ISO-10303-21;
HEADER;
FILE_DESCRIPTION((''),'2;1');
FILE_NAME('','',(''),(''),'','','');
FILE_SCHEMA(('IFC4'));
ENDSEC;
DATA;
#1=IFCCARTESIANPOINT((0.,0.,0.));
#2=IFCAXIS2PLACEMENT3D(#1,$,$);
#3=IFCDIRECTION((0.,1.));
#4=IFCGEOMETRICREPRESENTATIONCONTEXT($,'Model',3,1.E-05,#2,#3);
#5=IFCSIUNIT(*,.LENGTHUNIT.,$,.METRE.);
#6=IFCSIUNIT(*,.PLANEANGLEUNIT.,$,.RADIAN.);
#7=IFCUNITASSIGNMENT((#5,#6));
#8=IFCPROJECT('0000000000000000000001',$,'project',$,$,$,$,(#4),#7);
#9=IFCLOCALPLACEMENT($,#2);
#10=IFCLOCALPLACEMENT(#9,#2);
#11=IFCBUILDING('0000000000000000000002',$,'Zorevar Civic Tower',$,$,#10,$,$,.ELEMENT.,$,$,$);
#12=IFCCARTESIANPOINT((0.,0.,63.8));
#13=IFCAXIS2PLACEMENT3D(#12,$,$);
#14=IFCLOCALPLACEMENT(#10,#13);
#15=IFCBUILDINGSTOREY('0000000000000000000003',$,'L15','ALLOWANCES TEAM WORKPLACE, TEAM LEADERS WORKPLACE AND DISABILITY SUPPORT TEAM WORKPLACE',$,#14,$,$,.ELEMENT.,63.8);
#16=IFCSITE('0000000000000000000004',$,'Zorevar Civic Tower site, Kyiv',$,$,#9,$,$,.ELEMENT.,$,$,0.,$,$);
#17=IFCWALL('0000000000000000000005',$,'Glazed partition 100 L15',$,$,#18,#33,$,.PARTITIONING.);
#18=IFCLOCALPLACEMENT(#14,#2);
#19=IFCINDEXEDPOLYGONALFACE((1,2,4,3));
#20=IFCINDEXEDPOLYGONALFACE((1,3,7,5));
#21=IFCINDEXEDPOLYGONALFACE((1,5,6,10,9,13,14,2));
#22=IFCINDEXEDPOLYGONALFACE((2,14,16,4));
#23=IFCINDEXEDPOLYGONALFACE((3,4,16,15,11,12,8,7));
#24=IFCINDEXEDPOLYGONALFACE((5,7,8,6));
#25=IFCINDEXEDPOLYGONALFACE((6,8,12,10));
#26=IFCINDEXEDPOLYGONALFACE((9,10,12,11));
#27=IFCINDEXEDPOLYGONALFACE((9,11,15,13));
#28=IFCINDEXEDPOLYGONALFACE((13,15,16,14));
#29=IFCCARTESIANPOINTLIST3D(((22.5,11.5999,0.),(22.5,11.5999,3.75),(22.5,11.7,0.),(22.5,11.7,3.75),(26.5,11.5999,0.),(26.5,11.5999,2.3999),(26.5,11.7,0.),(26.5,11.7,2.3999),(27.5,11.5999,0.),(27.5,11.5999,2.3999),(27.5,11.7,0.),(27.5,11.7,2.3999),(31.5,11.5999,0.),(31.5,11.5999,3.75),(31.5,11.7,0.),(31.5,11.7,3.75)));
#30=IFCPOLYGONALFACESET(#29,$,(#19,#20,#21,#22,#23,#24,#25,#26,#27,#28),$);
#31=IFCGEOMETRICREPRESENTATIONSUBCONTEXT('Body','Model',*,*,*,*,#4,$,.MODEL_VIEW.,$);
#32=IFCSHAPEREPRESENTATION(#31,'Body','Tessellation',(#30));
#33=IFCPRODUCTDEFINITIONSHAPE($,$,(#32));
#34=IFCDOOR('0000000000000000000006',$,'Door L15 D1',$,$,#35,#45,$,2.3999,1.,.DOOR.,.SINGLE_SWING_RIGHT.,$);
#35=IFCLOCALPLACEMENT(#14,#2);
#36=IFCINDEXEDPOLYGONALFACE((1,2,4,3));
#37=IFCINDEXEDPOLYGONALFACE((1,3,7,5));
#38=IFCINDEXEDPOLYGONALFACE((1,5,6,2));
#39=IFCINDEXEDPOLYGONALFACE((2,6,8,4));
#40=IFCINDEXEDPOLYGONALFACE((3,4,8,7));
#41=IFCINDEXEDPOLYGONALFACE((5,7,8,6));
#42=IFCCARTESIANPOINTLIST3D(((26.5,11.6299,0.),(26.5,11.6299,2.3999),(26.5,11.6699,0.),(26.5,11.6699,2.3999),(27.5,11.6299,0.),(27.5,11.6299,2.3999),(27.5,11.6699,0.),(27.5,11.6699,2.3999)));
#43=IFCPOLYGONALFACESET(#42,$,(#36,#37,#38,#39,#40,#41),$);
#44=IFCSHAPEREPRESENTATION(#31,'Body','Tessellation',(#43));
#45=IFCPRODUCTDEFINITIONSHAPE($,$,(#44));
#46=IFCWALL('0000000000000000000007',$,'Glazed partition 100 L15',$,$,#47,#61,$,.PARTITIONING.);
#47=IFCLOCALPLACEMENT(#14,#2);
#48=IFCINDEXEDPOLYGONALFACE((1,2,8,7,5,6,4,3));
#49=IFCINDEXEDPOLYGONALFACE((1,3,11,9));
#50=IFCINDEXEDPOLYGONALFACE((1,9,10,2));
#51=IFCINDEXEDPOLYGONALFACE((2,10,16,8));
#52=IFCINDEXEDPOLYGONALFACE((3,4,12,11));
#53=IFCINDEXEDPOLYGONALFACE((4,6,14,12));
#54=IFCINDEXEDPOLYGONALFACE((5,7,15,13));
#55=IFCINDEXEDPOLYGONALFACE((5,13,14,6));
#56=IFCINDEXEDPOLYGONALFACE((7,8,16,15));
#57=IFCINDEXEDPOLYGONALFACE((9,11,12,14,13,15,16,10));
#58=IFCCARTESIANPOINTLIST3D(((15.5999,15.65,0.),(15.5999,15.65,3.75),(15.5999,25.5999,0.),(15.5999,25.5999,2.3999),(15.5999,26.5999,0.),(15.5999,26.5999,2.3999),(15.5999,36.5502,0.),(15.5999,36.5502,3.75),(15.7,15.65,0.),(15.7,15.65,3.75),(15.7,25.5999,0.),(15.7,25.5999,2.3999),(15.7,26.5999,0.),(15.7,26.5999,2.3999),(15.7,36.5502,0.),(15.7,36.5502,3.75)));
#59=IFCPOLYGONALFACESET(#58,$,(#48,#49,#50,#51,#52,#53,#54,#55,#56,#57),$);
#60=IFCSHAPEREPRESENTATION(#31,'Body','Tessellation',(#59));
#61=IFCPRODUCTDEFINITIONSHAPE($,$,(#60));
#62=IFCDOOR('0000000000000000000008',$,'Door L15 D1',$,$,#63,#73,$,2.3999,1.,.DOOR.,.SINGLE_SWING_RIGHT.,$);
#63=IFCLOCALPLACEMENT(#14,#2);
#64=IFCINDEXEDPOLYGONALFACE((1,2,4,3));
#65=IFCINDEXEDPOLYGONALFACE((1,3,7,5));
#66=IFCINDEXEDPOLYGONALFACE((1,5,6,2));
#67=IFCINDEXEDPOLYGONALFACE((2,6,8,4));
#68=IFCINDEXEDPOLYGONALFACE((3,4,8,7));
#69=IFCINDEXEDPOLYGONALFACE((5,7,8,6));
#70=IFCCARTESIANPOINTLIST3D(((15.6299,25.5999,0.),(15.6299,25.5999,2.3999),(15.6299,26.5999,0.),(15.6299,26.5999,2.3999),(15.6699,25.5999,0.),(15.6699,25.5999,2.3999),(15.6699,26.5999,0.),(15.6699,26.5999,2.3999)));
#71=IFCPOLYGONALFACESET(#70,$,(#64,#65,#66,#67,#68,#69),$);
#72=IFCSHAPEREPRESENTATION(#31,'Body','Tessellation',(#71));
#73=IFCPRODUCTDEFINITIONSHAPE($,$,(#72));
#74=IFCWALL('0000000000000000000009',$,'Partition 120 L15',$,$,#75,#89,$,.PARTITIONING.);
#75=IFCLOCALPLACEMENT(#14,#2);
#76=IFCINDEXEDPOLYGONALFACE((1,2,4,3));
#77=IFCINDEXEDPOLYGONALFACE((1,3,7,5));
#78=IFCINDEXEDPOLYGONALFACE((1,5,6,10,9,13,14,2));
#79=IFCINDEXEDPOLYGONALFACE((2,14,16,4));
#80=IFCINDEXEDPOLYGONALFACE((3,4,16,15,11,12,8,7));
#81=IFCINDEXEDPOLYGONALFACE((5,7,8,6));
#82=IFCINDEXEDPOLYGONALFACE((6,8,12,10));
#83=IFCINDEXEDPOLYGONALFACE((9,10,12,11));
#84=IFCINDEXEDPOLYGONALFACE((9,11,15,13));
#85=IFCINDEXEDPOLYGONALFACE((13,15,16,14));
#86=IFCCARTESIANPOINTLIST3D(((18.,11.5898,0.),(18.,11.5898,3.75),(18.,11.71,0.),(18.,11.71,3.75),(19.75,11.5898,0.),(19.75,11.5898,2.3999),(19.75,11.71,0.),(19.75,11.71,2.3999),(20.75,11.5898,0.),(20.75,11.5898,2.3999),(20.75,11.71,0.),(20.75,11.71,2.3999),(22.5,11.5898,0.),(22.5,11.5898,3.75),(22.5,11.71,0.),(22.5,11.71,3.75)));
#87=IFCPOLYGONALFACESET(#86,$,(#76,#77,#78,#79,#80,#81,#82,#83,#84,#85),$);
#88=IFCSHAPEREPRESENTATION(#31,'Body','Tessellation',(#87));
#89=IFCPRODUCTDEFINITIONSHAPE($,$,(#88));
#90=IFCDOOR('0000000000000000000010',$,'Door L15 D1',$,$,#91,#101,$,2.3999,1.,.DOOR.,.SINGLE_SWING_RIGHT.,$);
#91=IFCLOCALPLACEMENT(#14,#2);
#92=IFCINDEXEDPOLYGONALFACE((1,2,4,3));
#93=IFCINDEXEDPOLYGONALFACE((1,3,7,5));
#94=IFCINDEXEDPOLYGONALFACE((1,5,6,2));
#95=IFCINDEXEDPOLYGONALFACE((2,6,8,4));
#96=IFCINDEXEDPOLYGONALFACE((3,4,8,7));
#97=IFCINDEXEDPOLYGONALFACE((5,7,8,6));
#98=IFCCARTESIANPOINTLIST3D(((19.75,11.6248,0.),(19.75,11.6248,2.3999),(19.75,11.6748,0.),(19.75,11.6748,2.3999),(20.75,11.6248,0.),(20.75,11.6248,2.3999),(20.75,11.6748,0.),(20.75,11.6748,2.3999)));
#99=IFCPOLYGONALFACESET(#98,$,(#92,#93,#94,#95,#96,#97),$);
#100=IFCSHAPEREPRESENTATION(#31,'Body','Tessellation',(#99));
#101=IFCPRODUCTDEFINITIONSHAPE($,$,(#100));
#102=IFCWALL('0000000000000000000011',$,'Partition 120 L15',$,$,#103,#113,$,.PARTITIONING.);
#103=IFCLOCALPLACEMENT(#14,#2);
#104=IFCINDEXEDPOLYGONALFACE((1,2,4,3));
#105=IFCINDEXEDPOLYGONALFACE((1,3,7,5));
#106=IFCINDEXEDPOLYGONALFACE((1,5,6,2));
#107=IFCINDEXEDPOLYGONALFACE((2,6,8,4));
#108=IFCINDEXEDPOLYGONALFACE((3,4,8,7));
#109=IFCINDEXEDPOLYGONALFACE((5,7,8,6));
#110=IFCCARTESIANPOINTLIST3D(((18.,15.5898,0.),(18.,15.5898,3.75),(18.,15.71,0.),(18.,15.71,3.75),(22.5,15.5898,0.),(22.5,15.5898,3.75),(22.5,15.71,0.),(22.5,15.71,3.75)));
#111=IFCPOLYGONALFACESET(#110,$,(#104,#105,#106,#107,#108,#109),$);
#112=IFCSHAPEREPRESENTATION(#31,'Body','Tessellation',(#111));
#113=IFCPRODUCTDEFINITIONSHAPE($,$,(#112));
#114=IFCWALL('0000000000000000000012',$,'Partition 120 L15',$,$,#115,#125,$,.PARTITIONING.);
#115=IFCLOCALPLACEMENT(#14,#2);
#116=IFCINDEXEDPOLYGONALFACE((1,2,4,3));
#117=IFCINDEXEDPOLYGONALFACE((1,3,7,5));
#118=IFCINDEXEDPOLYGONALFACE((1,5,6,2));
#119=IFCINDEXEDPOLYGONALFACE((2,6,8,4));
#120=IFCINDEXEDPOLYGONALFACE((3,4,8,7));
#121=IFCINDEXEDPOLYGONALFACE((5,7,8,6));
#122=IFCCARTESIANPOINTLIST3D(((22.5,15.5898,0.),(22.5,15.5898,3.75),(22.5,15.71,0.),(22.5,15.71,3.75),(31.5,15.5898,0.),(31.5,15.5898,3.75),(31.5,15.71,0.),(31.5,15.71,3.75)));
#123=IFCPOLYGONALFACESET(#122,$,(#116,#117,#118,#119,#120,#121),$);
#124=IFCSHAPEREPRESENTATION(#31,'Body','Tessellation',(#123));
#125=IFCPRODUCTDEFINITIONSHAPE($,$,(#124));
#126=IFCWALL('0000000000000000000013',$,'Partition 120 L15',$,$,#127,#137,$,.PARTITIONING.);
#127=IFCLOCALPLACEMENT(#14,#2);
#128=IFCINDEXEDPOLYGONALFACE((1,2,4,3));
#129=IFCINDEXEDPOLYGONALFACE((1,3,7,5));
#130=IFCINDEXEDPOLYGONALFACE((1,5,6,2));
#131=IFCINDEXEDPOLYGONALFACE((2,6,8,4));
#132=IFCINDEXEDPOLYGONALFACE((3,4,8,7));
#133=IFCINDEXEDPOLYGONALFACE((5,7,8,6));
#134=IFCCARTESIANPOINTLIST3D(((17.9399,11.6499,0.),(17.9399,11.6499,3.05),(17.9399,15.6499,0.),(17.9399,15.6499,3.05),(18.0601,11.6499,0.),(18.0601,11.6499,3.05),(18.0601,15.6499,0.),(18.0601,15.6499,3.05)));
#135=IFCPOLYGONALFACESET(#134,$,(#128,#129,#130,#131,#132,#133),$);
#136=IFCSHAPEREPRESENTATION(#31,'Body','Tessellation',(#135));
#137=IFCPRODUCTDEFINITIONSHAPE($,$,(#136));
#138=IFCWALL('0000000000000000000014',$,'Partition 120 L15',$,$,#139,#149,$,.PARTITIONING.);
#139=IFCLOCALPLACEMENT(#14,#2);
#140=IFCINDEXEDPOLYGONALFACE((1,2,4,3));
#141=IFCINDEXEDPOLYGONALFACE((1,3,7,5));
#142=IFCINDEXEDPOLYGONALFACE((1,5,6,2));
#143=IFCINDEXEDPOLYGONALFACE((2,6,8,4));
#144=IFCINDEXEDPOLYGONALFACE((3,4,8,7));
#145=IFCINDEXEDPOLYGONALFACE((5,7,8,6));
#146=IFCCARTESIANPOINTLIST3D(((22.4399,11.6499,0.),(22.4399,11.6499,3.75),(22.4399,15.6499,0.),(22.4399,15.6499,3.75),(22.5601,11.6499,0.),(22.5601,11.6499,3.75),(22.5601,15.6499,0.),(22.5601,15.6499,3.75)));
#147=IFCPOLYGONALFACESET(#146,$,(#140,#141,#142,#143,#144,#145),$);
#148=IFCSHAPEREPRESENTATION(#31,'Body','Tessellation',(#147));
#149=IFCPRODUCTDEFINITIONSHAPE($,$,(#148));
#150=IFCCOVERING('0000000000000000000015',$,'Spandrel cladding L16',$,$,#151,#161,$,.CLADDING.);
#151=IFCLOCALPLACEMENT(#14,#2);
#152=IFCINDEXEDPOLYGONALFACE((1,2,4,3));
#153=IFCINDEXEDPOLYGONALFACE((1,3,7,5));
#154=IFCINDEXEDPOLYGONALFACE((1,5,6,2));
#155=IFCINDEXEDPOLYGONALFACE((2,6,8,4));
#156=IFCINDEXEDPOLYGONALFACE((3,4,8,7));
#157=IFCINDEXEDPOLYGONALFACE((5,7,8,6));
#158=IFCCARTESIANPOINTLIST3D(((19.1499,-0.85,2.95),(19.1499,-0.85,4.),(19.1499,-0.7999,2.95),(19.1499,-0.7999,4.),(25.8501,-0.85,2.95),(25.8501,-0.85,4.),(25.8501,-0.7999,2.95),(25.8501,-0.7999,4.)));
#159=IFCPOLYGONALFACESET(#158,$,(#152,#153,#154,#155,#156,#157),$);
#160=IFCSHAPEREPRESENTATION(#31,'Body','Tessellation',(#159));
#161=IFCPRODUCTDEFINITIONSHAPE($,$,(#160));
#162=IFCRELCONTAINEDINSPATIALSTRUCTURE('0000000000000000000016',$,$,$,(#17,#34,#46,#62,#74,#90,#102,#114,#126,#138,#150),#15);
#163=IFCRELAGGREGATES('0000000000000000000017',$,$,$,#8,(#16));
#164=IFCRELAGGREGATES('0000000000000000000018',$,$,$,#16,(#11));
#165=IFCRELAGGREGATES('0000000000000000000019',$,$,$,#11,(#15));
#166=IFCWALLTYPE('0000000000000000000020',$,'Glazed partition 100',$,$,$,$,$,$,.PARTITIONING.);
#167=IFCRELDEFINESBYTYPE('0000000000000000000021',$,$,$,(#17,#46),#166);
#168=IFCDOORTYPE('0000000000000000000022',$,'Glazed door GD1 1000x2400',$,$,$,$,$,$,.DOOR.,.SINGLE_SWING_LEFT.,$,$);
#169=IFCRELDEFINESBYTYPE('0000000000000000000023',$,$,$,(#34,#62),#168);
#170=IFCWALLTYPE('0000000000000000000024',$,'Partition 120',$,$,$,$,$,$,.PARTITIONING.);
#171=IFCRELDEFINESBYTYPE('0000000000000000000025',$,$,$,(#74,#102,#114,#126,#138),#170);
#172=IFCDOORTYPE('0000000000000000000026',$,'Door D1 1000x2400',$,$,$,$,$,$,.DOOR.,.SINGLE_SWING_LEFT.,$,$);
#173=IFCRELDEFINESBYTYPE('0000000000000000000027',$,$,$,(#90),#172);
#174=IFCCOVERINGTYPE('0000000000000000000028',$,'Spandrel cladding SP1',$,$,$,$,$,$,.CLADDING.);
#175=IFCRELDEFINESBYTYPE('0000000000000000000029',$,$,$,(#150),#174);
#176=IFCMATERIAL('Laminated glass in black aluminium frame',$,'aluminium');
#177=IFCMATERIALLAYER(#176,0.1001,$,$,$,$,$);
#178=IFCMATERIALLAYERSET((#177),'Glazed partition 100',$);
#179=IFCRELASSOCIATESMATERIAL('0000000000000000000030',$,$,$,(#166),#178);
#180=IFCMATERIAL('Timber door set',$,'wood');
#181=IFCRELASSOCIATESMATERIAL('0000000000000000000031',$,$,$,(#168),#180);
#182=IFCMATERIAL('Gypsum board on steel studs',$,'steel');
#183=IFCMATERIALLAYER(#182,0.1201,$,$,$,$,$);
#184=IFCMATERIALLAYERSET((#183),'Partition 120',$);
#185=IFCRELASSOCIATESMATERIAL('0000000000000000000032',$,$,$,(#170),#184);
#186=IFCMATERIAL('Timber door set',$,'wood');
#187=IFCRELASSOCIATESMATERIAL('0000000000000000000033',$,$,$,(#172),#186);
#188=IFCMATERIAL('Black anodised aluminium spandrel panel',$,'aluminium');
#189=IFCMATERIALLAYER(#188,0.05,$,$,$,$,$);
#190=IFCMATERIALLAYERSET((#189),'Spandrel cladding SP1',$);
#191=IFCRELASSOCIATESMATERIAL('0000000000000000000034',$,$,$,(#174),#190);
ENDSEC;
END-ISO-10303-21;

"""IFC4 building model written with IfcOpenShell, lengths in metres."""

from ifc_helpers import new_model, si_unit, direction, frame, frame_2d, origin, place, context, subcontext, project, spatial, rectangle, extrude, material, layer, layer_set, type_object, element, fill, save


model = new_model("IFC4")

# Units and contexts
model_context = context("Model", 3, precision=1e-05, world=origin(), true_north=direction((0.0, 1.0)))
body_context = subcontext(model_context, "Body", "Model", "MODEL_VIEW")
ifc_project = project(units=[si_unit("LENGTHUNIT", "METRE"), si_unit("PLANEANGLEUNIT", "RADIAN")], contexts=[model_context])

# Site, building, storey
site_placement = place(None, origin())
site = spatial("IfcSite", under=ifc_project, at=site_placement, Name="Zorevar Civic Tower site, Kyiv", CompositionType="ELEMENT", RefElevation=0.0)
building_placement = place(site_placement, origin())
building = spatial("IfcBuilding", under=site, at=building_placement, Name="Zorevar Civic Tower", CompositionType="ELEMENT")
storey_placement = place(building_placement, frame((0.0, 0.0, 63.8)))
storey = spatial("IfcBuildingStorey", under=building, at=storey_placement, Name="L15", Description="ALLOWANCES TEAM WORKPLACE, TEAM LEADERS WORKPLACE AND DISABILITY SUPPORT TEAM WORKPLACE", CompositionType="ELEMENT", Elevation=63.8)

# Walls, openings, doors
ifc_material_1 = material(Name="Laminated glass in black aluminium frame", Category="aluminium")
ifc_layer_1 = layer(ifc_material_1, 0.1001)
ifc_layer_set_1 = layer_set([ifc_layer_1], Name="Glazed partition 100")
wall_type_1 = type_object("IfcWallType", Name="Glazed partition 100", PredefinedType="PARTITIONING", material=ifc_layer_set_1)
wall_1_placement = place(storey_placement, frame((22.5, 11.6499, 0.0), z_axis=(0.0, 0.0, 1.0), x_axis=(1.0, 0.0, 0.0)))
wall_1 = element("IfcWall", 1, at=wall_1_placement, inside=storey, type_object=wall_type_1, Name="Glazed partition 100 L15", PredefinedType="PARTITIONING", context=body_context, shape_type="SweptSolid", body=[
    extrude(rectangle(XDim=9.0, YDim=0.1001, at=frame_2d((4.5, 0.0))), origin(), (0.0, 0.0, 1.0), 3.75),
])
opening_1_placement = place(wall_1_placement, frame((4.0, 0.0, 0.0)))
opening_1 = element("IfcOpeningElement", 2, at=opening_1_placement, cuts=wall_1, PredefinedType="OPENING", context=body_context, shape_type="SweptSolid", body=[
    extrude(rectangle(XDim=1.0, YDim=2.3999, at=frame_2d((0.5, 1.2))), frame((0.0, 0.0601, 0.0), z_axis=(0.0, -1.0, 0.0), x_axis=(1.0, 0.0, 0.0)), (0.0, 0.0, 1.0), 0.1201),
])
ifc_material_2 = material(Name="Timber door set", Category="wood")
door_type_1 = type_object("IfcDoorType", Name="Glazed door GD1 1000x2400", OperationType="SINGLE_SWING_LEFT", PredefinedType="DOOR", material=ifc_material_2)
door_1_placement = place(opening_1_placement, origin())
door_1 = element("IfcDoor", 3, at=door_1_placement, inside=storey, type_object=door_type_1, Name="Door L15 D1", OperationType="SINGLE_SWING_RIGHT", OverallHeight=2.3999, OverallWidth=1.0, PredefinedType="DOOR", context=body_context, shape_type="SweptSolid", body=[
    extrude(rectangle(XDim=1.0, YDim=2.3999, at=frame_2d((0.5, 1.2))), frame((0.0, 0.02, 0.0), z_axis=(0.0, -1.0, 0.0), x_axis=(1.0, 0.0, 0.0)), (0.0, 0.0, 1.0), 0.04),
])
fill(opening_1, door_1)
wall_2_placement = place(storey_placement, frame((15.6499, 15.6499, 0.0), z_axis=(0.0, 0.0, 1.0), x_axis=(0.0, 1.0, 0.0)))
wall_2 = element("IfcWall", 4, at=wall_2_placement, inside=storey, type_object=wall_type_1, Name="Glazed partition 100 L15", PredefinedType="PARTITIONING", context=body_context, shape_type="SweptSolid", body=[
    extrude(rectangle(XDim=20.9001, YDim=0.1001, at=frame_2d((10.4502, 0.0))), origin(), (0.0, 0.0, 1.0), 3.75),
])
opening_2_placement = place(wall_2_placement, frame((9.95, 0.0, 0.0)))
opening_2 = element("IfcOpeningElement", 5, at=opening_2_placement, cuts=wall_2, PredefinedType="OPENING", context=body_context, shape_type="SweptSolid", body=[
    extrude(rectangle(XDim=1.0, YDim=2.3999, at=frame_2d((0.5, 1.2))), frame((0.0, 0.0601, 0.0), z_axis=(0.0, -1.0, 0.0), x_axis=(1.0, 0.0, 0.0)), (0.0, 0.0, 1.0), 0.1201),
])
door_2_placement = place(opening_2_placement, origin())
door_2 = element("IfcDoor", 6, at=door_2_placement, inside=storey, type_object=door_type_1, Name="Door L15 D1", OperationType="SINGLE_SWING_RIGHT", OverallHeight=2.3999, OverallWidth=1.0, PredefinedType="DOOR", context=body_context, shape_type="SweptSolid", body=[
    extrude(rectangle(XDim=1.0, YDim=2.3999, at=frame_2d((0.5, 1.2))), frame((0.0, 0.02, 0.0), z_axis=(0.0, -1.0, 0.0), x_axis=(1.0, 0.0, 0.0)), (0.0, 0.0, 1.0), 0.04),
])
fill(opening_2, door_2)
ifc_material_3 = material(Name="Gypsum board on steel studs", Category="steel")
ifc_layer_2 = layer(ifc_material_3, 0.1201)
ifc_layer_set_2 = layer_set([ifc_layer_2], Name="Partition 120")
wall_type_2 = type_object("IfcWallType", Name="Partition 120", PredefinedType="PARTITIONING", material=ifc_layer_set_2)
wall_3_placement = place(storey_placement, frame((18.0, 11.6499, 0.0), z_axis=(0.0, 0.0, 1.0), x_axis=(1.0, 0.0, 0.0)))
wall_3 = element("IfcWall", 7, at=wall_3_placement, inside=storey, type_object=wall_type_2, Name="Partition 120 L15", PredefinedType="PARTITIONING", context=body_context, shape_type="SweptSolid", body=[
    extrude(rectangle(XDim=4.5, YDim=0.1201, at=frame_2d((2.25, 0.0))), origin(), (0.0, 0.0, 1.0), 3.75),
])
opening_3_placement = place(wall_3_placement, frame((1.75, 0.0, 0.0)))
opening_3 = element("IfcOpeningElement", 8, at=opening_3_placement, cuts=wall_3, PredefinedType="OPENING", context=body_context, shape_type="SweptSolid", body=[
    extrude(rectangle(XDim=1.0, YDim=2.3999, at=frame_2d((0.5, 1.2))), frame((0.0, 0.0701, 0.0), z_axis=(0.0, -1.0, 0.0), x_axis=(1.0, 0.0, 0.0)), (0.0, 0.0, 1.0), 0.1401),
])
ifc_material_4 = material(Name="Timber door set", Category="wood")
door_type_2 = type_object("IfcDoorType", Name="Door D1 1000x2400", OperationType="SINGLE_SWING_LEFT", PredefinedType="DOOR", material=ifc_material_4)
door_3_placement = place(opening_3_placement, origin())
door_3 = element("IfcDoor", 9, at=door_3_placement, inside=storey, type_object=door_type_2, Name="Door L15 D1", OperationType="SINGLE_SWING_RIGHT", OverallHeight=2.3999, OverallWidth=1.0, PredefinedType="DOOR", context=body_context, shape_type="SweptSolid", body=[
    extrude(rectangle(XDim=1.0, YDim=2.3999, at=frame_2d((0.5, 1.2))), frame((0.0, 0.0249, 0.0), z_axis=(0.0, -1.0, 0.0), x_axis=(1.0, 0.0, 0.0)), (0.0, 0.0, 1.0), 0.05),
])
fill(opening_3, door_3)

# Walls
wall_4_placement = place(storey_placement, frame((18.0, 15.6499, 0.0), z_axis=(0.0, 0.0, 1.0), x_axis=(1.0, 0.0, 0.0)))
element("IfcWall", 10, at=wall_4_placement, inside=storey, type_object=wall_type_2, Name="Partition 120 L15", PredefinedType="PARTITIONING", context=body_context, shape_type="SweptSolid", body=[
    extrude(rectangle(XDim=4.5, YDim=0.1201, at=frame_2d((2.25, 0.0))), origin(), (0.0, 0.0, 1.0), 3.75),
])
wall_5_placement = place(storey_placement, frame((22.5, 15.6499, 0.0), z_axis=(0.0, 0.0, 1.0), x_axis=(1.0, 0.0, 0.0)))
element("IfcWall", 11, at=wall_5_placement, inside=storey, type_object=wall_type_2, Name="Partition 120 L15", PredefinedType="PARTITIONING", context=body_context, shape_type="SweptSolid", body=[
    extrude(rectangle(XDim=9.0, YDim=0.1201, at=frame_2d((4.5, 0.0))), origin(), (0.0, 0.0, 1.0), 3.75),
])
wall_6_placement = place(storey_placement, frame((18.0, 11.6499, 0.0), z_axis=(0.0, 0.0, 1.0), x_axis=(0.0, 1.0, 0.0)))
element("IfcWall", 12, at=wall_6_placement, inside=storey, type_object=wall_type_2, Name="Partition 120 L15", PredefinedType="PARTITIONING", context=body_context, shape_type="SweptSolid", body=[
    extrude(rectangle(XDim=4.0, YDim=0.1201, at=frame_2d((2.0, 0.0))), origin(), (0.0, 0.0, 1.0), 3.05),
])
wall_7_placement = place(storey_placement, frame((22.5, 11.6499, 0.0), z_axis=(0.0, 0.0, 1.0), x_axis=(0.0, 1.0, 0.0)))
element("IfcWall", 13, at=wall_7_placement, inside=storey, type_object=wall_type_2, Name="Partition 120 L15", PredefinedType="PARTITIONING", context=body_context, shape_type="SweptSolid", body=[
    extrude(rectangle(XDim=4.0, YDim=0.1201, at=frame_2d((2.0, 0.0))), origin(), (0.0, 0.0, 1.0), 3.75),
])

# Covering
ifc_material_5 = material(Name="Black anodised aluminium spandrel panel", Category="aluminium")
ifc_layer_3 = layer(ifc_material_5, 0.05)
ifc_layer_set_3 = layer_set([ifc_layer_3], Name="Spandrel cladding SP1")
covering_type = type_object("IfcCoveringType", Name="Spandrel cladding SP1", PredefinedType="CLADDING", material=ifc_layer_set_3)
covering_placement = place(storey_placement, frame((19.1499, -0.825, 2.95), z_axis=(0.0, 0.0, 1.0), x_axis=(1.0, 0.0, 0.0)))
element("IfcCovering", 14, at=covering_placement, inside=storey, type_object=covering_type, Name="Spandrel cladding L16", PredefinedType="CLADDING", context=body_context, shape_type="SweptSolid", body=[
    extrude(rectangle(XDim=6.7002, YDim=0.05, at=frame_2d((3.3501, 0.0))), origin(), (0.0, 0.0, 1.0), 1.05),
])

save(model, "model.ifc")
